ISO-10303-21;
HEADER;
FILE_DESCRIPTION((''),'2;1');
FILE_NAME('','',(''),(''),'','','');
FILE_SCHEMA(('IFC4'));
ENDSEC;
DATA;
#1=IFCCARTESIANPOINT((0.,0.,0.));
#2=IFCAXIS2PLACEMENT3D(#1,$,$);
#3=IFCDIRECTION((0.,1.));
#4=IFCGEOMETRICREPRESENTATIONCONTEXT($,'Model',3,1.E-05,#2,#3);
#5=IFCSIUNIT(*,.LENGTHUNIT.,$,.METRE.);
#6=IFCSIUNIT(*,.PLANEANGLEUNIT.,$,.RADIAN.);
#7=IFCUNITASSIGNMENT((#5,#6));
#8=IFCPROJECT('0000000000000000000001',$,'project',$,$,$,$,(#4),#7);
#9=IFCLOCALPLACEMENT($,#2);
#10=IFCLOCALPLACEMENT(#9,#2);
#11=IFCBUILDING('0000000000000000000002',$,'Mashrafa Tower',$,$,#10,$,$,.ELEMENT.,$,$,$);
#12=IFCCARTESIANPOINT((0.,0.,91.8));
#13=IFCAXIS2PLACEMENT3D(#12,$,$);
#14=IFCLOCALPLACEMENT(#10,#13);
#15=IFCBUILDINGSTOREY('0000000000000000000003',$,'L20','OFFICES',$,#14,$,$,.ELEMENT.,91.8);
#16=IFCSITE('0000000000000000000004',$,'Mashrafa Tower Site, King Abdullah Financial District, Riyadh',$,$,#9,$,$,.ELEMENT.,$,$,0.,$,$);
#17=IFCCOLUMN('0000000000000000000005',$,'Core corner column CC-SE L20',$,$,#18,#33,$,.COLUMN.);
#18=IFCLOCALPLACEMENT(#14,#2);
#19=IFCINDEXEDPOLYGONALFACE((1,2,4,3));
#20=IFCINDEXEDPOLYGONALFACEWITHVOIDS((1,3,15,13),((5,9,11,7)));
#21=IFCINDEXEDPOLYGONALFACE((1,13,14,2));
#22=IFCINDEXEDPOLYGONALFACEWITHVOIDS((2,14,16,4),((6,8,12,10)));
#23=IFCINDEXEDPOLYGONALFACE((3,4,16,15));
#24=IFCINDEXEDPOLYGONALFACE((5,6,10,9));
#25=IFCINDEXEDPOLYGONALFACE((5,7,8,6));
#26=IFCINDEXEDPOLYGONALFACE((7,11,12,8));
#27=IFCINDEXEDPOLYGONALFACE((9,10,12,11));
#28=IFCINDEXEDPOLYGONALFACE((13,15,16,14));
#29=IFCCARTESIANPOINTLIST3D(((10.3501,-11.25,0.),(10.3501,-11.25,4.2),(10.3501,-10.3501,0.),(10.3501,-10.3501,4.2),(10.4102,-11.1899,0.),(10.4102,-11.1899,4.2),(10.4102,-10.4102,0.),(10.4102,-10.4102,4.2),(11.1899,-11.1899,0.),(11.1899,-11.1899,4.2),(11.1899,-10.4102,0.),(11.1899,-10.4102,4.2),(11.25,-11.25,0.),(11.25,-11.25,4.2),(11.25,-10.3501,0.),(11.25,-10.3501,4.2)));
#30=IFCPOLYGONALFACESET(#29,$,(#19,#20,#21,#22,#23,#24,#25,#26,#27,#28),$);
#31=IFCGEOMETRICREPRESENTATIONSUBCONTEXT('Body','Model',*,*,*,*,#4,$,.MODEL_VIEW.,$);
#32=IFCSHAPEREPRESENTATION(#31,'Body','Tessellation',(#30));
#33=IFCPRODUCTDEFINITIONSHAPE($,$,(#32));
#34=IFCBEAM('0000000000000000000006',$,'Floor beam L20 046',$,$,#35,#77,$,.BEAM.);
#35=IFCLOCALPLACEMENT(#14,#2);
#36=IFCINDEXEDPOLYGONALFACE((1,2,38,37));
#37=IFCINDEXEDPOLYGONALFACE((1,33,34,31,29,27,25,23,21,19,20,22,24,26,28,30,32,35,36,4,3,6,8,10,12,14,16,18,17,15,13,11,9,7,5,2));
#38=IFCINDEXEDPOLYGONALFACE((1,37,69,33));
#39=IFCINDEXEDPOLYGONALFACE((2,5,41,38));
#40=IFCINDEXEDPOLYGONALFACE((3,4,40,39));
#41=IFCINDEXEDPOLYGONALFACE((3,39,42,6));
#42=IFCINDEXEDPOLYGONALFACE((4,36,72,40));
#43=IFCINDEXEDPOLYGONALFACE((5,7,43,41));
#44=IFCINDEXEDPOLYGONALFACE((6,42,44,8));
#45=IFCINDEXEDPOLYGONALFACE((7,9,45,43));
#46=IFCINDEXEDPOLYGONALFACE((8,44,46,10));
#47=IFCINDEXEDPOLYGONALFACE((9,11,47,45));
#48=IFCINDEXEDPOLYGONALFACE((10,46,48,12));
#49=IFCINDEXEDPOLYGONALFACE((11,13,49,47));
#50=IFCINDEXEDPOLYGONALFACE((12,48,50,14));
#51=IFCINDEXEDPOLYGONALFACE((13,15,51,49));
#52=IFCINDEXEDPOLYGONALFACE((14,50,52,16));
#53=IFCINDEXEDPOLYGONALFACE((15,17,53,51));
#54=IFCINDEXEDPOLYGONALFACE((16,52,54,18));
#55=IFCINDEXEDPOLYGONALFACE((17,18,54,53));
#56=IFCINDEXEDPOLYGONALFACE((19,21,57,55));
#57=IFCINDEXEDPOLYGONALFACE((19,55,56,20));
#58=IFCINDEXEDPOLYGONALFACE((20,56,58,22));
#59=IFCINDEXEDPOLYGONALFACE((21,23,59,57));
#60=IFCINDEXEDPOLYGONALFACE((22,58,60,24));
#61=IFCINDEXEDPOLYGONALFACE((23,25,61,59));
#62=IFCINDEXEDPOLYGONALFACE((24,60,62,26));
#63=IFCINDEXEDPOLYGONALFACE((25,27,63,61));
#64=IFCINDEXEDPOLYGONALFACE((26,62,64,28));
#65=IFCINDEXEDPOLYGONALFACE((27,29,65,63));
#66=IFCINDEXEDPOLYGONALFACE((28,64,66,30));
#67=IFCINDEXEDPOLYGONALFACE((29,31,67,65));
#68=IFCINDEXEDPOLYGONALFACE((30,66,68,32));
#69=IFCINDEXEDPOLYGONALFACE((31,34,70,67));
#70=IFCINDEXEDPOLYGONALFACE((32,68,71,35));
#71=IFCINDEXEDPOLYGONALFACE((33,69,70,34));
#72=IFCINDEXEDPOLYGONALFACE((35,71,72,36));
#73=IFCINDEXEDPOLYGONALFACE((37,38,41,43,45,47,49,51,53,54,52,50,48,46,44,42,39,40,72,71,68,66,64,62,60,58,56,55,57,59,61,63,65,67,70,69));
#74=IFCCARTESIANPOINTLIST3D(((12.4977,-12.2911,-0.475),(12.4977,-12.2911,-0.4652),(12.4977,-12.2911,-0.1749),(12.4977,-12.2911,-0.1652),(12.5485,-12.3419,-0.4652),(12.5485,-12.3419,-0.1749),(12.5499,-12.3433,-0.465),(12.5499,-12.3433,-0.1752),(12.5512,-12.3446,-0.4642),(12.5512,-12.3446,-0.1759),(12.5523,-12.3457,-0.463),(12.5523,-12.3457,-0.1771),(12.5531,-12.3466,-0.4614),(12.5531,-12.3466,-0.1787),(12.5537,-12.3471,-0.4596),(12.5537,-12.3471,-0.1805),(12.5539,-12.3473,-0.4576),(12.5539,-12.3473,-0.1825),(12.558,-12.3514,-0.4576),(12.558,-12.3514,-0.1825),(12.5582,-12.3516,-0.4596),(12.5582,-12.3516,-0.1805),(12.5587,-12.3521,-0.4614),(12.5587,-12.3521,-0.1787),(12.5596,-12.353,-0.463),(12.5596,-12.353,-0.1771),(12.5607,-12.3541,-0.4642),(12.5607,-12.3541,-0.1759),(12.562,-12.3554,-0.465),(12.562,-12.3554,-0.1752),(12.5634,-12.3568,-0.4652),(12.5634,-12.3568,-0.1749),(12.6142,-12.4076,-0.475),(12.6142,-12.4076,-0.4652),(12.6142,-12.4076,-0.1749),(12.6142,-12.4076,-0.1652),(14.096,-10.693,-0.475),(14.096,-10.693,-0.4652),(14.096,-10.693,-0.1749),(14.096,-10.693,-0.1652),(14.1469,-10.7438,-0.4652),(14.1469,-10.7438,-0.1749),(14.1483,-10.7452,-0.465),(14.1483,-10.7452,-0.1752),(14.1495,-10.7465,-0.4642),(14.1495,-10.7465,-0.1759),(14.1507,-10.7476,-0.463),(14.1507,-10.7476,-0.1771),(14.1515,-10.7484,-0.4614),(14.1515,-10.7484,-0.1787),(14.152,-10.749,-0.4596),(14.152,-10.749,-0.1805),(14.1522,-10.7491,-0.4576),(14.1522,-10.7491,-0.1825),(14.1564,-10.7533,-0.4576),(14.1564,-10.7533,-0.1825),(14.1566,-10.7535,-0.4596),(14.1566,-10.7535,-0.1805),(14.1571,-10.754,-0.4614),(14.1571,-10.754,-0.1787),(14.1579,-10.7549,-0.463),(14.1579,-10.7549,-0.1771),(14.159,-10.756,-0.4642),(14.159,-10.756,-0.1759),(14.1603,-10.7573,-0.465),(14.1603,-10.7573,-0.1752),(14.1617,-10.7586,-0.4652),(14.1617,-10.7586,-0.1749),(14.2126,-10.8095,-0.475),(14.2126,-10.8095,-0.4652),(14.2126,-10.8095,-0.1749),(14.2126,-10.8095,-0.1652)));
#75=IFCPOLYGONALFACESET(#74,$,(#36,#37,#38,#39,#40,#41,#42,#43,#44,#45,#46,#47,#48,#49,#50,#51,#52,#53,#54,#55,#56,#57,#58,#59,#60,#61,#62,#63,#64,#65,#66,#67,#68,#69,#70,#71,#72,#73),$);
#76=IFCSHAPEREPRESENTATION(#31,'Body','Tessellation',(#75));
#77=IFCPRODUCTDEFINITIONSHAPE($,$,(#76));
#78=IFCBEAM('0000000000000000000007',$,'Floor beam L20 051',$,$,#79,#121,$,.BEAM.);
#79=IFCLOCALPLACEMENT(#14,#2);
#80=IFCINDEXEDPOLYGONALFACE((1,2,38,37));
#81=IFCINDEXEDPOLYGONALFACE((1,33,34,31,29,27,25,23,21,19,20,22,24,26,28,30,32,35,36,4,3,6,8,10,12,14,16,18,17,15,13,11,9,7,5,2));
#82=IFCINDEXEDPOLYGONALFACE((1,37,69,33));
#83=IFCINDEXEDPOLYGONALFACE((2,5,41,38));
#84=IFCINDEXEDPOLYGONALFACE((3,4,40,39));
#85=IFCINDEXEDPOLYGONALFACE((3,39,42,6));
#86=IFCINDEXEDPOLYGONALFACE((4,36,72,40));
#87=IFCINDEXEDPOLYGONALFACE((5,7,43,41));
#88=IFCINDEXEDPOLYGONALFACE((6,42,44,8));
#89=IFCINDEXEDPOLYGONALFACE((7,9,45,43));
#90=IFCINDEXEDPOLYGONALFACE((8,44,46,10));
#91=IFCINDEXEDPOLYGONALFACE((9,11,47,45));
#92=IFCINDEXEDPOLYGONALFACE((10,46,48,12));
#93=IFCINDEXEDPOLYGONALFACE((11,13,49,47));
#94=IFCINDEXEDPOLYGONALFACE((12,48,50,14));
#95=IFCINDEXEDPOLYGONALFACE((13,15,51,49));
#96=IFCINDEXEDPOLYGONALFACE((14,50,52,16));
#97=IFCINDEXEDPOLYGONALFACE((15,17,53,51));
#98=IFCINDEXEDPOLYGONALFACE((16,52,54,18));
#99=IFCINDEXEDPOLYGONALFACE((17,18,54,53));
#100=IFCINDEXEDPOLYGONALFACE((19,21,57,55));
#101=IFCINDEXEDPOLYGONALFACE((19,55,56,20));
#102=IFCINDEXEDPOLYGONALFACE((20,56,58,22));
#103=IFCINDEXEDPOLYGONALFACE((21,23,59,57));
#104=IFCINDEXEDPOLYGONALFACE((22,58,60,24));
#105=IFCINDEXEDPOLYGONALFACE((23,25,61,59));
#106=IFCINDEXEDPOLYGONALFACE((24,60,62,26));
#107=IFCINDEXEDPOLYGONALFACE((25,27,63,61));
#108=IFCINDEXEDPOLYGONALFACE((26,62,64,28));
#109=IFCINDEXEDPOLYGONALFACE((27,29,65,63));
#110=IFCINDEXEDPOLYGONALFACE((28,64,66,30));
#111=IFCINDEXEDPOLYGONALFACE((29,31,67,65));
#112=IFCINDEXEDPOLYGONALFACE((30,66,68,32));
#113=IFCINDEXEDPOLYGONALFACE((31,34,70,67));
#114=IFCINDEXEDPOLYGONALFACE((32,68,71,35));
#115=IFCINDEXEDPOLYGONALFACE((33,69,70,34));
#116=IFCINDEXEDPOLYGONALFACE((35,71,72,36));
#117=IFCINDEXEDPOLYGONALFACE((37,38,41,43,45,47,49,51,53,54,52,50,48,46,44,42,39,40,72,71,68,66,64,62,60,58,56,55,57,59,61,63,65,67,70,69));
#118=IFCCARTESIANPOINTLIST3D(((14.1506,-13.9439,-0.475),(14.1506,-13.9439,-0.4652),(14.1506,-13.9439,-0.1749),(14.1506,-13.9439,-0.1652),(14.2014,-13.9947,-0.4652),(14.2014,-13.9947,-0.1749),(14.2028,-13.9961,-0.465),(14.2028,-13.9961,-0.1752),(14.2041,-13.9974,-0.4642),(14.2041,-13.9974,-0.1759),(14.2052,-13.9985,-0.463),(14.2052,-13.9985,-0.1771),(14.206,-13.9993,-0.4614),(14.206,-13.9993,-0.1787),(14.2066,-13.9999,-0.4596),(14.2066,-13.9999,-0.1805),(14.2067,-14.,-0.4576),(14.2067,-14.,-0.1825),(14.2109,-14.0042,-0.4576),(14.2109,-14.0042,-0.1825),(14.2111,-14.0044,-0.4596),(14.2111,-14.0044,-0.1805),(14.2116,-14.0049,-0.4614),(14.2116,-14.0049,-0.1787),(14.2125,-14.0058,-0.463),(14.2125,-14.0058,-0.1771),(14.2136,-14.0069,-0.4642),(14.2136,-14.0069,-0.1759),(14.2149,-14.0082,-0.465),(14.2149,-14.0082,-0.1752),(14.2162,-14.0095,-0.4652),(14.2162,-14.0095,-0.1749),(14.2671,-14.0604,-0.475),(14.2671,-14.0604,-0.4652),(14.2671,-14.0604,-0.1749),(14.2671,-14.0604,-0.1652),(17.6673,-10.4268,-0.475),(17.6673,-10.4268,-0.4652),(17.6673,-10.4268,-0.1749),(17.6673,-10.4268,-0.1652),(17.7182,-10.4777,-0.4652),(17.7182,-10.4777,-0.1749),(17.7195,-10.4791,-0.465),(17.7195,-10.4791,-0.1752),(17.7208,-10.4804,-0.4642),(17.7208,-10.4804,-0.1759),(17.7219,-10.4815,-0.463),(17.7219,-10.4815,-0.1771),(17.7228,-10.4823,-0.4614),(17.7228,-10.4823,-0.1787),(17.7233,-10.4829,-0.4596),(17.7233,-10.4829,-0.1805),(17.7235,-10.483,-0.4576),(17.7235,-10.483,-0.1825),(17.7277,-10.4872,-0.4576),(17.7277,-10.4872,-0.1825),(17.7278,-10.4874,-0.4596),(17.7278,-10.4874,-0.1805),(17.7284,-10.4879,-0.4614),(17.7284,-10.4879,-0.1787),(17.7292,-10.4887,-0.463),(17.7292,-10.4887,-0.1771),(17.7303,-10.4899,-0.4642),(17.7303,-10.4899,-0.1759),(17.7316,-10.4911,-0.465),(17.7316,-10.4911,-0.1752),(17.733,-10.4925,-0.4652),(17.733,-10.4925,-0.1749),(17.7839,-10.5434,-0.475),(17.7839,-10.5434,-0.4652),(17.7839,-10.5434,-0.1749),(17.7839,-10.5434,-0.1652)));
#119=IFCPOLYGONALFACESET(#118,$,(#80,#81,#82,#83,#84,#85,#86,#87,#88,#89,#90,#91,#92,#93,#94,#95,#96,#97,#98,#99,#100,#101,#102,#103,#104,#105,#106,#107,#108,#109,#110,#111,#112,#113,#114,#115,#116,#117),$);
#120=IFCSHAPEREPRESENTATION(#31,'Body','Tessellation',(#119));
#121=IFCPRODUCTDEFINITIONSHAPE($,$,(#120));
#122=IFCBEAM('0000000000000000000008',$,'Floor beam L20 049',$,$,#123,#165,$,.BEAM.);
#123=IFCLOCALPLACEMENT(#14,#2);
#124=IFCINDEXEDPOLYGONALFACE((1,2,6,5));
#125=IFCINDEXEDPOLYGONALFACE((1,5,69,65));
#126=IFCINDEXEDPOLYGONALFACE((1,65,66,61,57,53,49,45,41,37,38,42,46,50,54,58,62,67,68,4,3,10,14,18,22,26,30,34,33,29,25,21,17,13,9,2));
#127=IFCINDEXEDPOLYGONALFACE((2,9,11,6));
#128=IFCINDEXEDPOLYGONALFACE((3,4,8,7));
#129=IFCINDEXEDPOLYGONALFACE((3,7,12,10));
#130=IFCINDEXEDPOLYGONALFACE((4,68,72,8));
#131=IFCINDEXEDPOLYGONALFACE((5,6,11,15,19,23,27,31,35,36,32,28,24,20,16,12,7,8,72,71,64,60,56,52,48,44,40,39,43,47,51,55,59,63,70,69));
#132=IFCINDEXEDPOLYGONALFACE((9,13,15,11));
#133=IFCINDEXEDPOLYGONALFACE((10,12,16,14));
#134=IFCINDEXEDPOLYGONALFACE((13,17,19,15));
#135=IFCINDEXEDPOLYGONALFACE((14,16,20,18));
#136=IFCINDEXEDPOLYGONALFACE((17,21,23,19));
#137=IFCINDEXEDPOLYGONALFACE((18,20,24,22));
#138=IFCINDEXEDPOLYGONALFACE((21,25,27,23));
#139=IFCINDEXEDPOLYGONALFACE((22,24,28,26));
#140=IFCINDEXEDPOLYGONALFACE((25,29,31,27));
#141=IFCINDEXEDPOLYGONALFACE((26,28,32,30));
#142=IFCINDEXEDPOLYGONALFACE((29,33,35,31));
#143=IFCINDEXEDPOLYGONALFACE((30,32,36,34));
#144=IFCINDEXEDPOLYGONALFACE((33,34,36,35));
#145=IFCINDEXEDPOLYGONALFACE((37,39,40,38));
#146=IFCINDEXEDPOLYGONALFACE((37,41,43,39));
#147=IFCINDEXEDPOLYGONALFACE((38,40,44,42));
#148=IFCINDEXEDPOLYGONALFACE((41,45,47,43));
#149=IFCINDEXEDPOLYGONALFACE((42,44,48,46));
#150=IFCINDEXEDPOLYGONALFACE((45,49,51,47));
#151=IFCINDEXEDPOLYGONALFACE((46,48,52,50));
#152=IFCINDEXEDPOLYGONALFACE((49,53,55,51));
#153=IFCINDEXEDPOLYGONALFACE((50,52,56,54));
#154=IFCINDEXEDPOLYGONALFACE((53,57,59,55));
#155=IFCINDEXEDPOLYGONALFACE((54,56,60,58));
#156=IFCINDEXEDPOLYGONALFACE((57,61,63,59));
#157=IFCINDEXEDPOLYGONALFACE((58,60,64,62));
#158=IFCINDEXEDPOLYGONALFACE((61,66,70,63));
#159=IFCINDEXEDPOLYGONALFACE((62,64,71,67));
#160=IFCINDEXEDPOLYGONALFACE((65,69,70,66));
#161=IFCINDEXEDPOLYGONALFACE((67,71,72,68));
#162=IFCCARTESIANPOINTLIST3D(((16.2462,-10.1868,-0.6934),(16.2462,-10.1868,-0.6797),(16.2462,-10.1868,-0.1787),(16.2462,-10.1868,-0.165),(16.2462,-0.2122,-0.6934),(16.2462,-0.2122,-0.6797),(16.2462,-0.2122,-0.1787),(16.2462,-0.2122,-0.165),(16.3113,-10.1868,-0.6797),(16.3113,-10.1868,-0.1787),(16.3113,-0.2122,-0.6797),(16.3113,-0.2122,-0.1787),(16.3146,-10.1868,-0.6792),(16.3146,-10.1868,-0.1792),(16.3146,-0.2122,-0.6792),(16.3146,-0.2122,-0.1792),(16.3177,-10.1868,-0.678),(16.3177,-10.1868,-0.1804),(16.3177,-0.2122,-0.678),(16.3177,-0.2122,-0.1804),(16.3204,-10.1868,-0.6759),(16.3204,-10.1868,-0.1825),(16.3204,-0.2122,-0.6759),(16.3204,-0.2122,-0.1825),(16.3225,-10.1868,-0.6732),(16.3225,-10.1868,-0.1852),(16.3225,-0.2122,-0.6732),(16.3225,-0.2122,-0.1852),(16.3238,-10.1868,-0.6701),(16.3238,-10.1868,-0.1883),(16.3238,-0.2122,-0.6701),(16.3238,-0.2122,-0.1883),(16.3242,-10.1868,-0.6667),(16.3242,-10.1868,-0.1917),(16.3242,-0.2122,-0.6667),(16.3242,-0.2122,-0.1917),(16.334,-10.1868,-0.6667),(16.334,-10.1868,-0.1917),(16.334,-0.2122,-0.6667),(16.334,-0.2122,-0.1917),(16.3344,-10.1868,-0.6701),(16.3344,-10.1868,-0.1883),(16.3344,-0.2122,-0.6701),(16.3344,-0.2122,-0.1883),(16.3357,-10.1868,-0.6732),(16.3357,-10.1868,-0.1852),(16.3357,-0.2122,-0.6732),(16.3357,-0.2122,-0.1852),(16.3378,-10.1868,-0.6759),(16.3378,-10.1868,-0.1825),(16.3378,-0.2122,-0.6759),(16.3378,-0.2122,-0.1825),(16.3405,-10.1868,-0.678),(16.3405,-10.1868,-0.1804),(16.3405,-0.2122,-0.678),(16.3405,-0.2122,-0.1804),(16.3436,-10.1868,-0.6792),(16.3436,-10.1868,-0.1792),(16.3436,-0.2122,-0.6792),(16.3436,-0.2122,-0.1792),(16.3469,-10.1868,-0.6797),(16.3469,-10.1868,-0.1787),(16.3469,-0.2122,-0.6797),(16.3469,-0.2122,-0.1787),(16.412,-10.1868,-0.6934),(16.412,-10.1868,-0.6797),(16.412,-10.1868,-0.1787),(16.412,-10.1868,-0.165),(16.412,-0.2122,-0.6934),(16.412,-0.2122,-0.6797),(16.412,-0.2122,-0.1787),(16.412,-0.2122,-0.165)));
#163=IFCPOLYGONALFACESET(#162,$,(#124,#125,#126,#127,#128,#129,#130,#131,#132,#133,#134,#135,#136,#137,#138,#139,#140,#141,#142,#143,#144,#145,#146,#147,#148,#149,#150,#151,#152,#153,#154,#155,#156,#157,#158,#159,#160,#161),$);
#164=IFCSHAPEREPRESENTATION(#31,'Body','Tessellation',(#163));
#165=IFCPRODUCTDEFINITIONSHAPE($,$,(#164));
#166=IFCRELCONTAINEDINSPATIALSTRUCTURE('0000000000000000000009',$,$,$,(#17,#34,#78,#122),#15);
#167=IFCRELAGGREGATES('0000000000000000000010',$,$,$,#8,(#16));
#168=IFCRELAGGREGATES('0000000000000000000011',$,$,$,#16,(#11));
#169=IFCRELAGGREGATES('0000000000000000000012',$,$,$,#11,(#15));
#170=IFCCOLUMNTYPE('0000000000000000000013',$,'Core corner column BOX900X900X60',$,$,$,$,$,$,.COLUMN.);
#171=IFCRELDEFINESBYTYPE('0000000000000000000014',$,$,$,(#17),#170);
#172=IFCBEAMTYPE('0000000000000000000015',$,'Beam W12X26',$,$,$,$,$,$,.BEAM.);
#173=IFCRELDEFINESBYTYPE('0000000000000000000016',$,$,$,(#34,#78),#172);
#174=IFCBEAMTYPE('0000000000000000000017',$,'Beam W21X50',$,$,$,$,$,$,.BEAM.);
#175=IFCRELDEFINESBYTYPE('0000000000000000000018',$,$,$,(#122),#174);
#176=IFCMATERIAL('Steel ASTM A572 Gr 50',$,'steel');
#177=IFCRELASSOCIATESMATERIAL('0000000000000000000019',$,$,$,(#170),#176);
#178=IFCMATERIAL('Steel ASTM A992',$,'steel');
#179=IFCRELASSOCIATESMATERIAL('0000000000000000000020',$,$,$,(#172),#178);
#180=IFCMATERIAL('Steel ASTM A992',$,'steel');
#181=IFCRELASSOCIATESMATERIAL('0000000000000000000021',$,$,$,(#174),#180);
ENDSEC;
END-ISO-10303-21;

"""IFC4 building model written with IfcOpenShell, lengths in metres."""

from ifc_helpers import new_model, si_unit, direction, frame, origin, origin_2d, place, context, subcontext, project, spatial, hollow_rectangle, i_section, extrude, material, material_profile, profile_set, type_object, element, save


model = new_model("IFC4")

# Units and contexts
model_context = context("Model", 3, precision=1e-05, world=origin(), true_north=direction((0.0, 1.0)))
body_context = subcontext(model_context, "Body", "Model", "MODEL_VIEW")
ifc_project = project(units=[si_unit("LENGTHUNIT", "METRE"), si_unit("PLANEANGLEUNIT", "RADIAN")], contexts=[model_context])

# Site, building, storey
site_placement = place(None, origin())
site = spatial("IfcSite", under=ifc_project, at=site_placement, Name="Mashrafa Tower Site, King Abdullah Financial District, Riyadh", CompositionType="ELEMENT", RefElevation=0.0)
building_placement = place(site_placement, origin())
building = spatial("IfcBuilding", under=site, at=building_placement, Name="Mashrafa Tower", CompositionType="ELEMENT")
storey_placement = place(building_placement, frame((0.0, 0.0, 91.8)))
storey = spatial("IfcBuildingStorey", under=building, at=storey_placement, Name="L20", Description="OFFICES", CompositionType="ELEMENT", Elevation=91.8)

# Column
ifc_material_1 = material(Name="Steel ASTM A572 Gr 50", Category="steel")
ifc_material_profile_1 = material_profile(ifc_material_1, hollow_rectangle(XDim=0.8999, YDim=0.8999, WallThickness=0.0601, at=origin_2d()), Name="BOX900X900X60")
ifc_profile_set_1 = profile_set([ifc_material_profile_1], Name="Steel ASTM A572 Gr 50")
column_type = type_object("IfcColumnType", Name="Core corner column BOX900X900X60", PredefinedType="COLUMN", material=ifc_profile_set_1)
column_placement = place(storey_placement, frame((10.8, -10.8, 0.0), z_axis=(0.0, 0.0, 1.0), x_axis=(1.0, 0.0, 0.0)))
element("IfcColumn", 1, at=column_placement, inside=storey, type_object=column_type, Name="Core corner column CC-SE L20", PredefinedType="COLUMN", context=body_context, shape_type="SweptSolid", body=[
    extrude(hollow_rectangle(XDim=0.8999, YDim=0.8999, WallThickness=0.0601, at=origin_2d()), origin(), (0.0, 0.0, 1.0), 4.2),
])

# Beams
ifc_material_2 = material(Name="Steel ASTM A992", Category="steel")
ifc_material_profile_2 = material_profile(ifc_material_2, i_section(OverallWidth=0.1648, OverallDepth=0.3098, WebThickness=0.0059, FlangeThickness=0.0098, FilletRadius=0.0076, at=origin_2d()), Name="W12X26")
ifc_profile_set_2 = profile_set([ifc_material_profile_2], Name="Steel ASTM A992")
beam_type_1 = type_object("IfcBeamType", Name="Beam W12X26", PredefinedType="BEAM", material=ifc_profile_set_2)
beam_1_placement = place(storey_placement, frame((14.1543, -10.7512, -0.3201), z_axis=(-0.707161, -0.707053, 0.0), x_axis=(0.707053, -0.707161, 0.0)))
element("IfcBeam", 2, at=beam_1_placement, inside=storey, type_object=beam_type_1, Name="Floor beam L20 046", PredefinedType="BEAM", context=body_context, shape_type="SweptSolid", body=[
    extrude(i_section(OverallWidth=0.1648, OverallDepth=0.3098, WebThickness=0.0059, FlangeThickness=0.0098, FilletRadius=0.0076, at=origin_2d()), origin(), (0.0, 0.0, 1.0), 2.2603),
])
beam_2_placement = place(storey_placement, frame((17.7256, -10.4851, -0.3201), z_axis=(-0.707082, -0.707131, 0.0), x_axis=(0.707131, -0.707082, 0.0)))
element("IfcBeam", 3, at=beam_2_placement, inside=storey, type_object=beam_type_1, Name="Floor beam L20 051", PredefinedType="BEAM", context=body_context, shape_type="SweptSolid", body=[
    extrude(i_section(OverallWidth=0.1648, OverallDepth=0.3098, WebThickness=0.0059, FlangeThickness=0.0098, FilletRadius=0.0076, at=origin_2d()), origin(), (0.0, 0.0, 1.0), 4.9736),
])
ifc_material_3 = material(Name="Steel ASTM A992", Category="steel")
ifc_material_profile_3 = material_profile(ifc_material_3, i_section(OverallWidth=0.1658, OverallDepth=0.5283, WebThickness=0.0098, FlangeThickness=0.0137, FilletRadius=0.0129, at=origin_2d()), Name="W21X50")
ifc_profile_set_3 = profile_set([ifc_material_profile_3], Name="Steel ASTM A992")
beam_type_2 = type_object("IfcBeamType", Name="Beam W21X50", PredefinedType="BEAM", material=ifc_profile_set_3)
beam_3_placement = place(storey_placement, frame((16.3291, -0.2122, -0.4292), z_axis=(0.0, -1.0, 0.0), x_axis=(1.0, 0.0, 0.0)))
element("IfcBeam", 4, at=beam_3_placement, inside=storey, type_object=beam_type_2, Name="Floor beam L20 049", PredefinedType="BEAM", context=body_context, shape_type="SweptSolid", body=[
    extrude(i_section(OverallWidth=0.1658, OverallDepth=0.5283, WebThickness=0.0098, FlangeThickness=0.0137, FilletRadius=0.0129, at=origin_2d()), origin(), (0.0, 0.0, 1.0), 9.9746),
])

save(model, "model.ifc")
